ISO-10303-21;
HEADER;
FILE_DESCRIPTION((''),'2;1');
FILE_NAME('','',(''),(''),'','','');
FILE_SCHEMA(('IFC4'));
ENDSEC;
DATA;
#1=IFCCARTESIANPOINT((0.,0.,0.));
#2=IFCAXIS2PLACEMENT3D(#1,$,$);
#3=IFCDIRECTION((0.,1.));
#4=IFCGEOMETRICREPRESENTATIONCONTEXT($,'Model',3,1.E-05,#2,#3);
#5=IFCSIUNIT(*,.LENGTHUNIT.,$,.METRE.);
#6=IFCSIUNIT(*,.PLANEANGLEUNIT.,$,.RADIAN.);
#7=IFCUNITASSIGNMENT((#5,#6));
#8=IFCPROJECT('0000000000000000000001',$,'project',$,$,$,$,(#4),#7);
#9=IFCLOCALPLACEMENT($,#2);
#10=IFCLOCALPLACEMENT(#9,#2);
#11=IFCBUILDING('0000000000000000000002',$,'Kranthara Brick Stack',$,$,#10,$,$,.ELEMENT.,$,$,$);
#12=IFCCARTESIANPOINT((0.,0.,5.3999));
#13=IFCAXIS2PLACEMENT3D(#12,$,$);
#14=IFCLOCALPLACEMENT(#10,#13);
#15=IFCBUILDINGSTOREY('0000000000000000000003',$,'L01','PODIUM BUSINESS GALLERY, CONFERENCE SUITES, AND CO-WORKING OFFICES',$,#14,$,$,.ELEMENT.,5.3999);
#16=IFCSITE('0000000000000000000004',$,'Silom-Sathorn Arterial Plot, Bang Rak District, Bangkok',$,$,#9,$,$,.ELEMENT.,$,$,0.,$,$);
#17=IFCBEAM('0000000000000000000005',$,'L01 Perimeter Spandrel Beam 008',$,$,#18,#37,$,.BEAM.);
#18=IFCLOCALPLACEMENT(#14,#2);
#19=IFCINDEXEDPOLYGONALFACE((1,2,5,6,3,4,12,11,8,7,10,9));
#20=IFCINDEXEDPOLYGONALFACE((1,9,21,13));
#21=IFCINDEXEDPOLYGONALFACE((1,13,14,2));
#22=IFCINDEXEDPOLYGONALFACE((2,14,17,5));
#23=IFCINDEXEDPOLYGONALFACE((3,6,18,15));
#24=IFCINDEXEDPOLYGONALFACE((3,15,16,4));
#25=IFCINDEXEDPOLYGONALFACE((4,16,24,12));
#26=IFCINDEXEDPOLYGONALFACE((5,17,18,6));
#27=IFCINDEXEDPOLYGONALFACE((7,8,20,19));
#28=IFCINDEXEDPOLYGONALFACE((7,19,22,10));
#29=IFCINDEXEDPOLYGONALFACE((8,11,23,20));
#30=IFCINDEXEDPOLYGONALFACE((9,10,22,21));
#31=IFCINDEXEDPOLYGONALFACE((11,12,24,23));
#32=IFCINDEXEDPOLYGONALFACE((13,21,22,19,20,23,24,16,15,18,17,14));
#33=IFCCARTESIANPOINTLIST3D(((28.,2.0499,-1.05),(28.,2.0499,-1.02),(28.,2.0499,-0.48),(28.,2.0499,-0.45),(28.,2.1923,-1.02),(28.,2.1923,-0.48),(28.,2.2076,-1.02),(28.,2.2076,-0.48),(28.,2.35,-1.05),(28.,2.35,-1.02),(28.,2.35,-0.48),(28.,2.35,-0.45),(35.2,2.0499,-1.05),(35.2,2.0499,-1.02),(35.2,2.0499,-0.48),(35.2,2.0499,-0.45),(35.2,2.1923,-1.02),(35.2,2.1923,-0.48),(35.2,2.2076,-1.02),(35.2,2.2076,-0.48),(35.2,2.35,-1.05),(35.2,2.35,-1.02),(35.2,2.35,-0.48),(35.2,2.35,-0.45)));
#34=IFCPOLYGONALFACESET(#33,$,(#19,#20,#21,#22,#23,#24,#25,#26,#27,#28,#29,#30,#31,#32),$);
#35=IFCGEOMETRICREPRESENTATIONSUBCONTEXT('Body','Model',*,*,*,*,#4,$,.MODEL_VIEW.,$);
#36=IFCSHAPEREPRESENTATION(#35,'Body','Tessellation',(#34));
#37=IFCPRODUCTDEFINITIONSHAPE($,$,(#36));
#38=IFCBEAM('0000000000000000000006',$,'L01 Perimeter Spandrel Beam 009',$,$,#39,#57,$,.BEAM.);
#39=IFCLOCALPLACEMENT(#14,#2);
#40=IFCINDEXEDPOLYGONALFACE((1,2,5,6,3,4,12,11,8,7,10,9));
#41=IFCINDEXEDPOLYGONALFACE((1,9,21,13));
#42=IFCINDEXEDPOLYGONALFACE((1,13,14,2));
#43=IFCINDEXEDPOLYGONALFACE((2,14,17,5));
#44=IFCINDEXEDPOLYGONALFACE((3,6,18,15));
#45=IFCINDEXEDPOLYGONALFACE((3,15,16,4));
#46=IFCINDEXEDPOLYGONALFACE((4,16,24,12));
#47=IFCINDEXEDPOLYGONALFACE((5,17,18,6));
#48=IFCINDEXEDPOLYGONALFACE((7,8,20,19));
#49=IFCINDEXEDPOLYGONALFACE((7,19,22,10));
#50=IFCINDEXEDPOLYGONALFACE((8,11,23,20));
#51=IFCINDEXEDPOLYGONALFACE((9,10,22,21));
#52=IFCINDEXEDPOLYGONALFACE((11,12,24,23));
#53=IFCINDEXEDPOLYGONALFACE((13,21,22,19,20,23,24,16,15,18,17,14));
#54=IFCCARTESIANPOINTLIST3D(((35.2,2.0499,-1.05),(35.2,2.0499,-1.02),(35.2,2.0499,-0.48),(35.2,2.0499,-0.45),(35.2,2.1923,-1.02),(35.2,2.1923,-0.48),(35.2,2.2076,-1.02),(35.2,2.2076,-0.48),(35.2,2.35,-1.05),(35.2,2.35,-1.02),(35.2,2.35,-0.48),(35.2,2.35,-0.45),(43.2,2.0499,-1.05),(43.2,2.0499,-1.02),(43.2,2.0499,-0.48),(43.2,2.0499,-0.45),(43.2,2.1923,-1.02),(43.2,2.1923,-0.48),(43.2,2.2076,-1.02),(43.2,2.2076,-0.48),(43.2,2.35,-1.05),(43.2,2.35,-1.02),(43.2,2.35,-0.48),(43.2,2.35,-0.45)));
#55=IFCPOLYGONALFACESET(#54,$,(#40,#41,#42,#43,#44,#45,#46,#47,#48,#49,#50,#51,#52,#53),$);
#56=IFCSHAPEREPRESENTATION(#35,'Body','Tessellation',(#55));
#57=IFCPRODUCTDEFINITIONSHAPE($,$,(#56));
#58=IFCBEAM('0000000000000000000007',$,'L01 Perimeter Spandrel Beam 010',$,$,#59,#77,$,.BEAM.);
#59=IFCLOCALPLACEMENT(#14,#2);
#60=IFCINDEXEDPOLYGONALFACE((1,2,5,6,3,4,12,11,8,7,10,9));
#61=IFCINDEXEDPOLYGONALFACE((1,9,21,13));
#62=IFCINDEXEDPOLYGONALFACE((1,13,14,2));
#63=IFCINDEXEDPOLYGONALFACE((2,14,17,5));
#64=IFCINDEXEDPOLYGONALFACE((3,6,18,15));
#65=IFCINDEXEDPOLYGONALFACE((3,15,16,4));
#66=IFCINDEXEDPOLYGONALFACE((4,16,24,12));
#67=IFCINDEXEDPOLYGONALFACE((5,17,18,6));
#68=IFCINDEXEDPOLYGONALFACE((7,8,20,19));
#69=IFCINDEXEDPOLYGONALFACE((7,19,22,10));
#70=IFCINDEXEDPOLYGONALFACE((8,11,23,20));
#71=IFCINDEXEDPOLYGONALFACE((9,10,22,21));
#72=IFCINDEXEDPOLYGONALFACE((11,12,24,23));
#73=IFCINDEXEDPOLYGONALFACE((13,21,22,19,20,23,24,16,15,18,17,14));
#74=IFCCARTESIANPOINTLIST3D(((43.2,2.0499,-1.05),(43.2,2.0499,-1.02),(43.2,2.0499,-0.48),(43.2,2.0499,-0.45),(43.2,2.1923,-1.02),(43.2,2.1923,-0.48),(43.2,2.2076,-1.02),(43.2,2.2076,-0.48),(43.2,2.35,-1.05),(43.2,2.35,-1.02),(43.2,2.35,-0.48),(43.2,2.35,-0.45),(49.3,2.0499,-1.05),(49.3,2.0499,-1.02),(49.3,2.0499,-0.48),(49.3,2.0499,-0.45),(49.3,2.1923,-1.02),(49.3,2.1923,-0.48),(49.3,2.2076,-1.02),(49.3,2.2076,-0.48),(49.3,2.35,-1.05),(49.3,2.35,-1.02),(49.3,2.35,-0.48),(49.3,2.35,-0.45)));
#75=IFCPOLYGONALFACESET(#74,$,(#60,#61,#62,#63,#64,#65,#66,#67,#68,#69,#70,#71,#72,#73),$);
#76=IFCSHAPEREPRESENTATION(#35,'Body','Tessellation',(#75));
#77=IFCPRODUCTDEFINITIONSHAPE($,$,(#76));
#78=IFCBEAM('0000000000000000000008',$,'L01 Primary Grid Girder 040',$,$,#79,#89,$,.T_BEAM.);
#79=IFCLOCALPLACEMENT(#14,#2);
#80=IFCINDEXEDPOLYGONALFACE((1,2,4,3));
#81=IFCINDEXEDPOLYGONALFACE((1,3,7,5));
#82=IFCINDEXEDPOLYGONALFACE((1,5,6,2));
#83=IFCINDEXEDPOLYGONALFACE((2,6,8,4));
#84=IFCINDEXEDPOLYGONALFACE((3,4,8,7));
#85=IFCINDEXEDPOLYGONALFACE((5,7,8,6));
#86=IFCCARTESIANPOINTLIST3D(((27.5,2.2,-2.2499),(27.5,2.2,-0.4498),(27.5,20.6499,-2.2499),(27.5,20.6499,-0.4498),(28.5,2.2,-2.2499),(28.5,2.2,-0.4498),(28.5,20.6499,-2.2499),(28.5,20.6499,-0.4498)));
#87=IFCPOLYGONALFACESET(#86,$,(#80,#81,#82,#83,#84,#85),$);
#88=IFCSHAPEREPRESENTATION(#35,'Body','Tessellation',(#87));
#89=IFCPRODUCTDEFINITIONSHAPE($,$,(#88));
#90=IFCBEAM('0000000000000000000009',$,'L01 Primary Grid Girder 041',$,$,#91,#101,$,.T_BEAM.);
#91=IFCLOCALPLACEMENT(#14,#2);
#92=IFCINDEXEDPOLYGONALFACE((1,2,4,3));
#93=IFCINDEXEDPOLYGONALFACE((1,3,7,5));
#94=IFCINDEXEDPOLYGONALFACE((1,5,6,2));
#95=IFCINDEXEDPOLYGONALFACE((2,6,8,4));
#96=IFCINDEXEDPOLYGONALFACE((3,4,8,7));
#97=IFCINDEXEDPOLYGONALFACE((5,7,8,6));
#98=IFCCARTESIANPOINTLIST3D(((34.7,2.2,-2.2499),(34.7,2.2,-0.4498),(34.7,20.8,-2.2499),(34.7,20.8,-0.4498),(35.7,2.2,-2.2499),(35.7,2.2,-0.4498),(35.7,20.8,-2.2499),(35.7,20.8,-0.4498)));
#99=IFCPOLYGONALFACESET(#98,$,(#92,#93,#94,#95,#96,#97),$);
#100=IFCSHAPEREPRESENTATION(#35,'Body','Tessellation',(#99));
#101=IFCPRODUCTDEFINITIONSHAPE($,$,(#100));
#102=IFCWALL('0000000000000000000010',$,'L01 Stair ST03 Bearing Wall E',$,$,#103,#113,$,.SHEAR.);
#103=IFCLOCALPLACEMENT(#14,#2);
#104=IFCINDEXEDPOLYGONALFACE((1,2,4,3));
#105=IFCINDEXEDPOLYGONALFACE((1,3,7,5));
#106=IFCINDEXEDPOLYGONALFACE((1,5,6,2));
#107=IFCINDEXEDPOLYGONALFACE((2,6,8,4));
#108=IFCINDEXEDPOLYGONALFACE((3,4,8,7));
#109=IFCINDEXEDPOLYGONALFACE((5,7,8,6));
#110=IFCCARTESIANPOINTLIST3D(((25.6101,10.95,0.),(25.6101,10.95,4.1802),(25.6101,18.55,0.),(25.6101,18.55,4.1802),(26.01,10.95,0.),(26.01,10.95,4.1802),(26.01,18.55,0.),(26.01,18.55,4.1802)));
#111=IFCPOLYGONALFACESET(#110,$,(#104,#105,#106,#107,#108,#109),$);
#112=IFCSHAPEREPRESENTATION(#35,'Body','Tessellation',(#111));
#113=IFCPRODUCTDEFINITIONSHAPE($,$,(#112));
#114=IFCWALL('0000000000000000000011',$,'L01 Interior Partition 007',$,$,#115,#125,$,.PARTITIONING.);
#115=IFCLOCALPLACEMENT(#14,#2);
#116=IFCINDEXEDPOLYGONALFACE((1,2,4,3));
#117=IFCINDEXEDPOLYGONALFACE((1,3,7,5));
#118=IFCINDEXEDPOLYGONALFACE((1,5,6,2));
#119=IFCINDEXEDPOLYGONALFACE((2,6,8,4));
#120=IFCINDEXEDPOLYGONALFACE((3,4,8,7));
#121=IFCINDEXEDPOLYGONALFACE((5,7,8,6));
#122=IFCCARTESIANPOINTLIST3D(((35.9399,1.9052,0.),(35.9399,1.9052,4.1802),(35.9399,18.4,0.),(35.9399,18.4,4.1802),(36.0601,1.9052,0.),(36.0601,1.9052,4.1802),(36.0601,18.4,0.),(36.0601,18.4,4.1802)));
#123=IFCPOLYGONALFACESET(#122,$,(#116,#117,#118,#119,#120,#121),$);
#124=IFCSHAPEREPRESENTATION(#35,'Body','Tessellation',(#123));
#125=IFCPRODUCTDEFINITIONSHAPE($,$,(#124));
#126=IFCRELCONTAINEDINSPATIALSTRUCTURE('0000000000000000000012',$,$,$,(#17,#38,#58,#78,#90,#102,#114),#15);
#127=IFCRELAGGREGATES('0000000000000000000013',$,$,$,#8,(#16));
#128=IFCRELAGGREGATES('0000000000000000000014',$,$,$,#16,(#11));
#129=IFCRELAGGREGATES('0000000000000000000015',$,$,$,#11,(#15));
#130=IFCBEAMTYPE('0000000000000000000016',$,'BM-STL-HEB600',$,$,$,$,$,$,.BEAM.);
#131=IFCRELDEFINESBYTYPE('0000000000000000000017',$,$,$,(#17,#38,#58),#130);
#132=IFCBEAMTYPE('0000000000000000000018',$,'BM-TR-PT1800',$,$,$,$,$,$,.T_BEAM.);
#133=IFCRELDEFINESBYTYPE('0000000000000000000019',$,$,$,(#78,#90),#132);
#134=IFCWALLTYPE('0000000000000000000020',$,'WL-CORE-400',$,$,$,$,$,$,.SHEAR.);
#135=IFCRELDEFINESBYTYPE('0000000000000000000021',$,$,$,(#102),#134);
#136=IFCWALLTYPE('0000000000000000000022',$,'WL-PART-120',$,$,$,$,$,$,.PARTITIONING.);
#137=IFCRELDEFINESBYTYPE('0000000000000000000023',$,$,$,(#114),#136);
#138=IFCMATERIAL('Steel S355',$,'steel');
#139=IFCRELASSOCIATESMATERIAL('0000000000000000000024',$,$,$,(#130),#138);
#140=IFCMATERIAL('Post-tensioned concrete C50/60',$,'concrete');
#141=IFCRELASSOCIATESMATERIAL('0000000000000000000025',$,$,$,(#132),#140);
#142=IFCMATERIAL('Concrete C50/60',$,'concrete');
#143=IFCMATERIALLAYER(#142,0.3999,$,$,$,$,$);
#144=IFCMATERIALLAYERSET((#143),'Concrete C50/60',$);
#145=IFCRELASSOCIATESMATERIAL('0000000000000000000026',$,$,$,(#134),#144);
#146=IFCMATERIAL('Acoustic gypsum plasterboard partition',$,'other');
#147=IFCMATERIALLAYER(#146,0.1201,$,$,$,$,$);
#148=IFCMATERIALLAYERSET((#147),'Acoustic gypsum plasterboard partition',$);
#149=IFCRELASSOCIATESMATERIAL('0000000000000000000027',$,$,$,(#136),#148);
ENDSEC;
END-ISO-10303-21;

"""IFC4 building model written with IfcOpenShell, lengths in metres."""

from ifc_helpers import new_model, si_unit, direction, frame, frame_2d, origin, origin_2d, place, context, subcontext, project, spatial, rectangle, i_section, extrude, material, layer, layer_set, material_profile, profile_set, type_object, element, save


model = new_model("IFC4")

# Units and contexts
model_context = context("Model", 3, precision=1e-05, world=origin(), true_north=direction((0.0, 1.0)))
body_context = subcontext(model_context, "Body", "Model", "MODEL_VIEW")
ifc_project = project(units=[si_unit("LENGTHUNIT", "METRE"), si_unit("PLANEANGLEUNIT", "RADIAN")], contexts=[model_context])

# Site, building, storey
site_placement = place(None, origin())
site = spatial("IfcSite", under=ifc_project, at=site_placement, Name="Silom-Sathorn Arterial Plot, Bang Rak District, Bangkok", CompositionType="ELEMENT", RefElevation=0.0)
building_placement = place(site_placement, origin())
building = spatial("IfcBuilding", under=site, at=building_placement, Name="Kranthara Brick Stack", CompositionType="ELEMENT")
storey_placement = place(building_placement, frame((0.0, 0.0, 5.3999)))
storey = spatial("IfcBuildingStorey", under=building, at=storey_placement, Name="L01", Description="PODIUM BUSINESS GALLERY, CONFERENCE SUITES, AND CO-WORKING OFFICES", CompositionType="ELEMENT", Elevation=5.3999)

# Beams
ifc_material_1 = material(Name="Steel S355", Category="steel")
ifc_material_profile_1 = material_profile(ifc_material_1, i_section(OverallWidth=0.3, OverallDepth=0.6001, WebThickness=0.0154, FlangeThickness=0.03, at=origin_2d()), Name="HEB 600")
ifc_profile_set_1 = profile_set([ifc_material_profile_1], Name="Steel S355")
beam_type_1 = type_object("IfcBeamType", Name="BM-STL-HEB600", PredefinedType="BEAM", material=ifc_profile_set_1)
beam_1_placement = place(storey_placement, frame((28.0, 2.2, -0.75), z_axis=(1.0, 0.0, 0.0), x_axis=(0.0, 1.0, 0.0)))
element("IfcBeam", 1, at=beam_1_placement, inside=storey, type_object=beam_type_1, Name="L01 Perimeter Spandrel Beam 008", PredefinedType="BEAM", context=body_context, shape_type="SweptSolid", body=[
    extrude(i_section(OverallWidth=0.3, OverallDepth=0.6001, WebThickness=0.0154, FlangeThickness=0.03, at=origin_2d()), origin(), (0.0, 0.0, 1.0), 7.2),
])
beam_2_placement = place(storey_placement, frame((35.2, 2.2, -0.75), z_axis=(1.0, 0.0, 0.0), x_axis=(0.0, 1.0, 0.0)))
element("IfcBeam", 2, at=beam_2_placement, inside=storey, type_object=beam_type_1, Name="L01 Perimeter Spandrel Beam 009", PredefinedType="BEAM", context=body_context, shape_type="SweptSolid", body=[
    extrude(i_section(OverallWidth=0.3, OverallDepth=0.6001, WebThickness=0.0154, FlangeThickness=0.03, at=origin_2d()), origin(), (0.0, 0.0, 1.0), 8.0),
])
beam_3_placement = place(storey_placement, frame((43.2, 2.2, -0.75), z_axis=(1.0, 0.0, 0.0), x_axis=(0.0, 1.0, 0.0)))
element("IfcBeam", 3, at=beam_3_placement, inside=storey, type_object=beam_type_1, Name="L01 Perimeter Spandrel Beam 010", PredefinedType="BEAM", context=body_context, shape_type="SweptSolid", body=[
    extrude(i_section(OverallWidth=0.3, OverallDepth=0.6001, WebThickness=0.0154, FlangeThickness=0.03, at=origin_2d()), origin(), (0.0, 0.0, 1.0), 6.1001),
])
ifc_material_2 = material(Name="Post-tensioned concrete C50/60", Category="concrete")
ifc_material_profile_2 = material_profile(ifc_material_2, rectangle(XDim=1.0, YDim=1.8, at=origin_2d()), Name="PT 1000x1800")
ifc_profile_set_2 = profile_set([ifc_material_profile_2], Name="Post-tensioned concrete C50/60")
beam_type_2 = type_object("IfcBeamType", Name="BM-TR-PT1800", PredefinedType="T_BEAM", material=ifc_profile_set_2)
beam_4_placement = place(storey_placement, frame((28.0, 2.2, -1.3499), z_axis=(0.0, 1.0, 0.0), x_axis=(-1.0, 0.0, 0.0)))
element("IfcBeam", 4, at=beam_4_placement, inside=storey, type_object=beam_type_2, Name="L01 Primary Grid Girder 040", PredefinedType="T_BEAM", context=body_context, shape_type="SweptSolid", body=[
    extrude(rectangle(XDim=1.0, YDim=1.8, at=origin_2d()), origin(), (0.0, 0.0, 1.0), 18.45),
])
beam_5_placement = place(storey_placement, frame((35.2, 2.2, -1.3499), z_axis=(0.0, 1.0, 0.0), x_axis=(-1.0, 0.0, 0.0)))
element("IfcBeam", 5, at=beam_5_placement, inside=storey, type_object=beam_type_2, Name="L01 Primary Grid Girder 041", PredefinedType="T_BEAM", context=body_context, shape_type="SweptSolid", body=[
    extrude(rectangle(XDim=1.0, YDim=1.8, at=origin_2d()), origin(), (0.0, 0.0, 1.0), 18.6001),
])

# Walls
ifc_material_3 = material(Name="Concrete C50/60", Category="concrete")
ifc_layer_1 = layer(ifc_material_3, 0.3999)
ifc_layer_set_1 = layer_set([ifc_layer_1], Name="Concrete C50/60")
wall_type_1 = type_object("IfcWallType", Name="WL-CORE-400", PredefinedType="SHEAR", material=ifc_layer_set_1)
wall_1_placement = place(storey_placement, frame((25.8101, 10.95, 0.0), z_axis=(0.0, 0.0, 1.0), x_axis=(0.0, 1.0, 0.0)))
element("IfcWall", 6, at=wall_1_placement, inside=storey, type_object=wall_type_1, Name="L01 Stair ST03 Bearing Wall E", PredefinedType="SHEAR", context=body_context, shape_type="SweptSolid", body=[
    extrude(rectangle(XDim=7.6001, YDim=0.3999, at=frame_2d((3.8, 0.0))), origin(), (0.0, 0.0, 1.0), 4.1802),
])
ifc_material_4 = material(Name="Acoustic gypsum plasterboard partition", Category="other")
ifc_layer_2 = layer(ifc_material_4, 0.1201)
ifc_layer_set_2 = layer_set([ifc_layer_2], Name="Acoustic gypsum plasterboard partition")
wall_type_2 = type_object("IfcWallType", Name="WL-PART-120", PredefinedType="PARTITIONING", material=ifc_layer_set_2)
wall_2_placement = place(storey_placement, frame((36.0, 1.905, 0.0), z_axis=(0.0, 0.0, 1.0), x_axis=(0.0, 1.0, 0.0)))
element("IfcWall", 7, at=wall_2_placement, inside=storey, type_object=wall_type_2, Name="L01 Interior Partition 007", PredefinedType="PARTITIONING", context=body_context, shape_type="SweptSolid", body=[
    extrude(rectangle(XDim=16.4949, YDim=0.1201, at=frame_2d((8.2476, 0.0))), origin(), (0.0, 0.0, 1.0), 4.1802),
])

save(model, "model.ifc")
